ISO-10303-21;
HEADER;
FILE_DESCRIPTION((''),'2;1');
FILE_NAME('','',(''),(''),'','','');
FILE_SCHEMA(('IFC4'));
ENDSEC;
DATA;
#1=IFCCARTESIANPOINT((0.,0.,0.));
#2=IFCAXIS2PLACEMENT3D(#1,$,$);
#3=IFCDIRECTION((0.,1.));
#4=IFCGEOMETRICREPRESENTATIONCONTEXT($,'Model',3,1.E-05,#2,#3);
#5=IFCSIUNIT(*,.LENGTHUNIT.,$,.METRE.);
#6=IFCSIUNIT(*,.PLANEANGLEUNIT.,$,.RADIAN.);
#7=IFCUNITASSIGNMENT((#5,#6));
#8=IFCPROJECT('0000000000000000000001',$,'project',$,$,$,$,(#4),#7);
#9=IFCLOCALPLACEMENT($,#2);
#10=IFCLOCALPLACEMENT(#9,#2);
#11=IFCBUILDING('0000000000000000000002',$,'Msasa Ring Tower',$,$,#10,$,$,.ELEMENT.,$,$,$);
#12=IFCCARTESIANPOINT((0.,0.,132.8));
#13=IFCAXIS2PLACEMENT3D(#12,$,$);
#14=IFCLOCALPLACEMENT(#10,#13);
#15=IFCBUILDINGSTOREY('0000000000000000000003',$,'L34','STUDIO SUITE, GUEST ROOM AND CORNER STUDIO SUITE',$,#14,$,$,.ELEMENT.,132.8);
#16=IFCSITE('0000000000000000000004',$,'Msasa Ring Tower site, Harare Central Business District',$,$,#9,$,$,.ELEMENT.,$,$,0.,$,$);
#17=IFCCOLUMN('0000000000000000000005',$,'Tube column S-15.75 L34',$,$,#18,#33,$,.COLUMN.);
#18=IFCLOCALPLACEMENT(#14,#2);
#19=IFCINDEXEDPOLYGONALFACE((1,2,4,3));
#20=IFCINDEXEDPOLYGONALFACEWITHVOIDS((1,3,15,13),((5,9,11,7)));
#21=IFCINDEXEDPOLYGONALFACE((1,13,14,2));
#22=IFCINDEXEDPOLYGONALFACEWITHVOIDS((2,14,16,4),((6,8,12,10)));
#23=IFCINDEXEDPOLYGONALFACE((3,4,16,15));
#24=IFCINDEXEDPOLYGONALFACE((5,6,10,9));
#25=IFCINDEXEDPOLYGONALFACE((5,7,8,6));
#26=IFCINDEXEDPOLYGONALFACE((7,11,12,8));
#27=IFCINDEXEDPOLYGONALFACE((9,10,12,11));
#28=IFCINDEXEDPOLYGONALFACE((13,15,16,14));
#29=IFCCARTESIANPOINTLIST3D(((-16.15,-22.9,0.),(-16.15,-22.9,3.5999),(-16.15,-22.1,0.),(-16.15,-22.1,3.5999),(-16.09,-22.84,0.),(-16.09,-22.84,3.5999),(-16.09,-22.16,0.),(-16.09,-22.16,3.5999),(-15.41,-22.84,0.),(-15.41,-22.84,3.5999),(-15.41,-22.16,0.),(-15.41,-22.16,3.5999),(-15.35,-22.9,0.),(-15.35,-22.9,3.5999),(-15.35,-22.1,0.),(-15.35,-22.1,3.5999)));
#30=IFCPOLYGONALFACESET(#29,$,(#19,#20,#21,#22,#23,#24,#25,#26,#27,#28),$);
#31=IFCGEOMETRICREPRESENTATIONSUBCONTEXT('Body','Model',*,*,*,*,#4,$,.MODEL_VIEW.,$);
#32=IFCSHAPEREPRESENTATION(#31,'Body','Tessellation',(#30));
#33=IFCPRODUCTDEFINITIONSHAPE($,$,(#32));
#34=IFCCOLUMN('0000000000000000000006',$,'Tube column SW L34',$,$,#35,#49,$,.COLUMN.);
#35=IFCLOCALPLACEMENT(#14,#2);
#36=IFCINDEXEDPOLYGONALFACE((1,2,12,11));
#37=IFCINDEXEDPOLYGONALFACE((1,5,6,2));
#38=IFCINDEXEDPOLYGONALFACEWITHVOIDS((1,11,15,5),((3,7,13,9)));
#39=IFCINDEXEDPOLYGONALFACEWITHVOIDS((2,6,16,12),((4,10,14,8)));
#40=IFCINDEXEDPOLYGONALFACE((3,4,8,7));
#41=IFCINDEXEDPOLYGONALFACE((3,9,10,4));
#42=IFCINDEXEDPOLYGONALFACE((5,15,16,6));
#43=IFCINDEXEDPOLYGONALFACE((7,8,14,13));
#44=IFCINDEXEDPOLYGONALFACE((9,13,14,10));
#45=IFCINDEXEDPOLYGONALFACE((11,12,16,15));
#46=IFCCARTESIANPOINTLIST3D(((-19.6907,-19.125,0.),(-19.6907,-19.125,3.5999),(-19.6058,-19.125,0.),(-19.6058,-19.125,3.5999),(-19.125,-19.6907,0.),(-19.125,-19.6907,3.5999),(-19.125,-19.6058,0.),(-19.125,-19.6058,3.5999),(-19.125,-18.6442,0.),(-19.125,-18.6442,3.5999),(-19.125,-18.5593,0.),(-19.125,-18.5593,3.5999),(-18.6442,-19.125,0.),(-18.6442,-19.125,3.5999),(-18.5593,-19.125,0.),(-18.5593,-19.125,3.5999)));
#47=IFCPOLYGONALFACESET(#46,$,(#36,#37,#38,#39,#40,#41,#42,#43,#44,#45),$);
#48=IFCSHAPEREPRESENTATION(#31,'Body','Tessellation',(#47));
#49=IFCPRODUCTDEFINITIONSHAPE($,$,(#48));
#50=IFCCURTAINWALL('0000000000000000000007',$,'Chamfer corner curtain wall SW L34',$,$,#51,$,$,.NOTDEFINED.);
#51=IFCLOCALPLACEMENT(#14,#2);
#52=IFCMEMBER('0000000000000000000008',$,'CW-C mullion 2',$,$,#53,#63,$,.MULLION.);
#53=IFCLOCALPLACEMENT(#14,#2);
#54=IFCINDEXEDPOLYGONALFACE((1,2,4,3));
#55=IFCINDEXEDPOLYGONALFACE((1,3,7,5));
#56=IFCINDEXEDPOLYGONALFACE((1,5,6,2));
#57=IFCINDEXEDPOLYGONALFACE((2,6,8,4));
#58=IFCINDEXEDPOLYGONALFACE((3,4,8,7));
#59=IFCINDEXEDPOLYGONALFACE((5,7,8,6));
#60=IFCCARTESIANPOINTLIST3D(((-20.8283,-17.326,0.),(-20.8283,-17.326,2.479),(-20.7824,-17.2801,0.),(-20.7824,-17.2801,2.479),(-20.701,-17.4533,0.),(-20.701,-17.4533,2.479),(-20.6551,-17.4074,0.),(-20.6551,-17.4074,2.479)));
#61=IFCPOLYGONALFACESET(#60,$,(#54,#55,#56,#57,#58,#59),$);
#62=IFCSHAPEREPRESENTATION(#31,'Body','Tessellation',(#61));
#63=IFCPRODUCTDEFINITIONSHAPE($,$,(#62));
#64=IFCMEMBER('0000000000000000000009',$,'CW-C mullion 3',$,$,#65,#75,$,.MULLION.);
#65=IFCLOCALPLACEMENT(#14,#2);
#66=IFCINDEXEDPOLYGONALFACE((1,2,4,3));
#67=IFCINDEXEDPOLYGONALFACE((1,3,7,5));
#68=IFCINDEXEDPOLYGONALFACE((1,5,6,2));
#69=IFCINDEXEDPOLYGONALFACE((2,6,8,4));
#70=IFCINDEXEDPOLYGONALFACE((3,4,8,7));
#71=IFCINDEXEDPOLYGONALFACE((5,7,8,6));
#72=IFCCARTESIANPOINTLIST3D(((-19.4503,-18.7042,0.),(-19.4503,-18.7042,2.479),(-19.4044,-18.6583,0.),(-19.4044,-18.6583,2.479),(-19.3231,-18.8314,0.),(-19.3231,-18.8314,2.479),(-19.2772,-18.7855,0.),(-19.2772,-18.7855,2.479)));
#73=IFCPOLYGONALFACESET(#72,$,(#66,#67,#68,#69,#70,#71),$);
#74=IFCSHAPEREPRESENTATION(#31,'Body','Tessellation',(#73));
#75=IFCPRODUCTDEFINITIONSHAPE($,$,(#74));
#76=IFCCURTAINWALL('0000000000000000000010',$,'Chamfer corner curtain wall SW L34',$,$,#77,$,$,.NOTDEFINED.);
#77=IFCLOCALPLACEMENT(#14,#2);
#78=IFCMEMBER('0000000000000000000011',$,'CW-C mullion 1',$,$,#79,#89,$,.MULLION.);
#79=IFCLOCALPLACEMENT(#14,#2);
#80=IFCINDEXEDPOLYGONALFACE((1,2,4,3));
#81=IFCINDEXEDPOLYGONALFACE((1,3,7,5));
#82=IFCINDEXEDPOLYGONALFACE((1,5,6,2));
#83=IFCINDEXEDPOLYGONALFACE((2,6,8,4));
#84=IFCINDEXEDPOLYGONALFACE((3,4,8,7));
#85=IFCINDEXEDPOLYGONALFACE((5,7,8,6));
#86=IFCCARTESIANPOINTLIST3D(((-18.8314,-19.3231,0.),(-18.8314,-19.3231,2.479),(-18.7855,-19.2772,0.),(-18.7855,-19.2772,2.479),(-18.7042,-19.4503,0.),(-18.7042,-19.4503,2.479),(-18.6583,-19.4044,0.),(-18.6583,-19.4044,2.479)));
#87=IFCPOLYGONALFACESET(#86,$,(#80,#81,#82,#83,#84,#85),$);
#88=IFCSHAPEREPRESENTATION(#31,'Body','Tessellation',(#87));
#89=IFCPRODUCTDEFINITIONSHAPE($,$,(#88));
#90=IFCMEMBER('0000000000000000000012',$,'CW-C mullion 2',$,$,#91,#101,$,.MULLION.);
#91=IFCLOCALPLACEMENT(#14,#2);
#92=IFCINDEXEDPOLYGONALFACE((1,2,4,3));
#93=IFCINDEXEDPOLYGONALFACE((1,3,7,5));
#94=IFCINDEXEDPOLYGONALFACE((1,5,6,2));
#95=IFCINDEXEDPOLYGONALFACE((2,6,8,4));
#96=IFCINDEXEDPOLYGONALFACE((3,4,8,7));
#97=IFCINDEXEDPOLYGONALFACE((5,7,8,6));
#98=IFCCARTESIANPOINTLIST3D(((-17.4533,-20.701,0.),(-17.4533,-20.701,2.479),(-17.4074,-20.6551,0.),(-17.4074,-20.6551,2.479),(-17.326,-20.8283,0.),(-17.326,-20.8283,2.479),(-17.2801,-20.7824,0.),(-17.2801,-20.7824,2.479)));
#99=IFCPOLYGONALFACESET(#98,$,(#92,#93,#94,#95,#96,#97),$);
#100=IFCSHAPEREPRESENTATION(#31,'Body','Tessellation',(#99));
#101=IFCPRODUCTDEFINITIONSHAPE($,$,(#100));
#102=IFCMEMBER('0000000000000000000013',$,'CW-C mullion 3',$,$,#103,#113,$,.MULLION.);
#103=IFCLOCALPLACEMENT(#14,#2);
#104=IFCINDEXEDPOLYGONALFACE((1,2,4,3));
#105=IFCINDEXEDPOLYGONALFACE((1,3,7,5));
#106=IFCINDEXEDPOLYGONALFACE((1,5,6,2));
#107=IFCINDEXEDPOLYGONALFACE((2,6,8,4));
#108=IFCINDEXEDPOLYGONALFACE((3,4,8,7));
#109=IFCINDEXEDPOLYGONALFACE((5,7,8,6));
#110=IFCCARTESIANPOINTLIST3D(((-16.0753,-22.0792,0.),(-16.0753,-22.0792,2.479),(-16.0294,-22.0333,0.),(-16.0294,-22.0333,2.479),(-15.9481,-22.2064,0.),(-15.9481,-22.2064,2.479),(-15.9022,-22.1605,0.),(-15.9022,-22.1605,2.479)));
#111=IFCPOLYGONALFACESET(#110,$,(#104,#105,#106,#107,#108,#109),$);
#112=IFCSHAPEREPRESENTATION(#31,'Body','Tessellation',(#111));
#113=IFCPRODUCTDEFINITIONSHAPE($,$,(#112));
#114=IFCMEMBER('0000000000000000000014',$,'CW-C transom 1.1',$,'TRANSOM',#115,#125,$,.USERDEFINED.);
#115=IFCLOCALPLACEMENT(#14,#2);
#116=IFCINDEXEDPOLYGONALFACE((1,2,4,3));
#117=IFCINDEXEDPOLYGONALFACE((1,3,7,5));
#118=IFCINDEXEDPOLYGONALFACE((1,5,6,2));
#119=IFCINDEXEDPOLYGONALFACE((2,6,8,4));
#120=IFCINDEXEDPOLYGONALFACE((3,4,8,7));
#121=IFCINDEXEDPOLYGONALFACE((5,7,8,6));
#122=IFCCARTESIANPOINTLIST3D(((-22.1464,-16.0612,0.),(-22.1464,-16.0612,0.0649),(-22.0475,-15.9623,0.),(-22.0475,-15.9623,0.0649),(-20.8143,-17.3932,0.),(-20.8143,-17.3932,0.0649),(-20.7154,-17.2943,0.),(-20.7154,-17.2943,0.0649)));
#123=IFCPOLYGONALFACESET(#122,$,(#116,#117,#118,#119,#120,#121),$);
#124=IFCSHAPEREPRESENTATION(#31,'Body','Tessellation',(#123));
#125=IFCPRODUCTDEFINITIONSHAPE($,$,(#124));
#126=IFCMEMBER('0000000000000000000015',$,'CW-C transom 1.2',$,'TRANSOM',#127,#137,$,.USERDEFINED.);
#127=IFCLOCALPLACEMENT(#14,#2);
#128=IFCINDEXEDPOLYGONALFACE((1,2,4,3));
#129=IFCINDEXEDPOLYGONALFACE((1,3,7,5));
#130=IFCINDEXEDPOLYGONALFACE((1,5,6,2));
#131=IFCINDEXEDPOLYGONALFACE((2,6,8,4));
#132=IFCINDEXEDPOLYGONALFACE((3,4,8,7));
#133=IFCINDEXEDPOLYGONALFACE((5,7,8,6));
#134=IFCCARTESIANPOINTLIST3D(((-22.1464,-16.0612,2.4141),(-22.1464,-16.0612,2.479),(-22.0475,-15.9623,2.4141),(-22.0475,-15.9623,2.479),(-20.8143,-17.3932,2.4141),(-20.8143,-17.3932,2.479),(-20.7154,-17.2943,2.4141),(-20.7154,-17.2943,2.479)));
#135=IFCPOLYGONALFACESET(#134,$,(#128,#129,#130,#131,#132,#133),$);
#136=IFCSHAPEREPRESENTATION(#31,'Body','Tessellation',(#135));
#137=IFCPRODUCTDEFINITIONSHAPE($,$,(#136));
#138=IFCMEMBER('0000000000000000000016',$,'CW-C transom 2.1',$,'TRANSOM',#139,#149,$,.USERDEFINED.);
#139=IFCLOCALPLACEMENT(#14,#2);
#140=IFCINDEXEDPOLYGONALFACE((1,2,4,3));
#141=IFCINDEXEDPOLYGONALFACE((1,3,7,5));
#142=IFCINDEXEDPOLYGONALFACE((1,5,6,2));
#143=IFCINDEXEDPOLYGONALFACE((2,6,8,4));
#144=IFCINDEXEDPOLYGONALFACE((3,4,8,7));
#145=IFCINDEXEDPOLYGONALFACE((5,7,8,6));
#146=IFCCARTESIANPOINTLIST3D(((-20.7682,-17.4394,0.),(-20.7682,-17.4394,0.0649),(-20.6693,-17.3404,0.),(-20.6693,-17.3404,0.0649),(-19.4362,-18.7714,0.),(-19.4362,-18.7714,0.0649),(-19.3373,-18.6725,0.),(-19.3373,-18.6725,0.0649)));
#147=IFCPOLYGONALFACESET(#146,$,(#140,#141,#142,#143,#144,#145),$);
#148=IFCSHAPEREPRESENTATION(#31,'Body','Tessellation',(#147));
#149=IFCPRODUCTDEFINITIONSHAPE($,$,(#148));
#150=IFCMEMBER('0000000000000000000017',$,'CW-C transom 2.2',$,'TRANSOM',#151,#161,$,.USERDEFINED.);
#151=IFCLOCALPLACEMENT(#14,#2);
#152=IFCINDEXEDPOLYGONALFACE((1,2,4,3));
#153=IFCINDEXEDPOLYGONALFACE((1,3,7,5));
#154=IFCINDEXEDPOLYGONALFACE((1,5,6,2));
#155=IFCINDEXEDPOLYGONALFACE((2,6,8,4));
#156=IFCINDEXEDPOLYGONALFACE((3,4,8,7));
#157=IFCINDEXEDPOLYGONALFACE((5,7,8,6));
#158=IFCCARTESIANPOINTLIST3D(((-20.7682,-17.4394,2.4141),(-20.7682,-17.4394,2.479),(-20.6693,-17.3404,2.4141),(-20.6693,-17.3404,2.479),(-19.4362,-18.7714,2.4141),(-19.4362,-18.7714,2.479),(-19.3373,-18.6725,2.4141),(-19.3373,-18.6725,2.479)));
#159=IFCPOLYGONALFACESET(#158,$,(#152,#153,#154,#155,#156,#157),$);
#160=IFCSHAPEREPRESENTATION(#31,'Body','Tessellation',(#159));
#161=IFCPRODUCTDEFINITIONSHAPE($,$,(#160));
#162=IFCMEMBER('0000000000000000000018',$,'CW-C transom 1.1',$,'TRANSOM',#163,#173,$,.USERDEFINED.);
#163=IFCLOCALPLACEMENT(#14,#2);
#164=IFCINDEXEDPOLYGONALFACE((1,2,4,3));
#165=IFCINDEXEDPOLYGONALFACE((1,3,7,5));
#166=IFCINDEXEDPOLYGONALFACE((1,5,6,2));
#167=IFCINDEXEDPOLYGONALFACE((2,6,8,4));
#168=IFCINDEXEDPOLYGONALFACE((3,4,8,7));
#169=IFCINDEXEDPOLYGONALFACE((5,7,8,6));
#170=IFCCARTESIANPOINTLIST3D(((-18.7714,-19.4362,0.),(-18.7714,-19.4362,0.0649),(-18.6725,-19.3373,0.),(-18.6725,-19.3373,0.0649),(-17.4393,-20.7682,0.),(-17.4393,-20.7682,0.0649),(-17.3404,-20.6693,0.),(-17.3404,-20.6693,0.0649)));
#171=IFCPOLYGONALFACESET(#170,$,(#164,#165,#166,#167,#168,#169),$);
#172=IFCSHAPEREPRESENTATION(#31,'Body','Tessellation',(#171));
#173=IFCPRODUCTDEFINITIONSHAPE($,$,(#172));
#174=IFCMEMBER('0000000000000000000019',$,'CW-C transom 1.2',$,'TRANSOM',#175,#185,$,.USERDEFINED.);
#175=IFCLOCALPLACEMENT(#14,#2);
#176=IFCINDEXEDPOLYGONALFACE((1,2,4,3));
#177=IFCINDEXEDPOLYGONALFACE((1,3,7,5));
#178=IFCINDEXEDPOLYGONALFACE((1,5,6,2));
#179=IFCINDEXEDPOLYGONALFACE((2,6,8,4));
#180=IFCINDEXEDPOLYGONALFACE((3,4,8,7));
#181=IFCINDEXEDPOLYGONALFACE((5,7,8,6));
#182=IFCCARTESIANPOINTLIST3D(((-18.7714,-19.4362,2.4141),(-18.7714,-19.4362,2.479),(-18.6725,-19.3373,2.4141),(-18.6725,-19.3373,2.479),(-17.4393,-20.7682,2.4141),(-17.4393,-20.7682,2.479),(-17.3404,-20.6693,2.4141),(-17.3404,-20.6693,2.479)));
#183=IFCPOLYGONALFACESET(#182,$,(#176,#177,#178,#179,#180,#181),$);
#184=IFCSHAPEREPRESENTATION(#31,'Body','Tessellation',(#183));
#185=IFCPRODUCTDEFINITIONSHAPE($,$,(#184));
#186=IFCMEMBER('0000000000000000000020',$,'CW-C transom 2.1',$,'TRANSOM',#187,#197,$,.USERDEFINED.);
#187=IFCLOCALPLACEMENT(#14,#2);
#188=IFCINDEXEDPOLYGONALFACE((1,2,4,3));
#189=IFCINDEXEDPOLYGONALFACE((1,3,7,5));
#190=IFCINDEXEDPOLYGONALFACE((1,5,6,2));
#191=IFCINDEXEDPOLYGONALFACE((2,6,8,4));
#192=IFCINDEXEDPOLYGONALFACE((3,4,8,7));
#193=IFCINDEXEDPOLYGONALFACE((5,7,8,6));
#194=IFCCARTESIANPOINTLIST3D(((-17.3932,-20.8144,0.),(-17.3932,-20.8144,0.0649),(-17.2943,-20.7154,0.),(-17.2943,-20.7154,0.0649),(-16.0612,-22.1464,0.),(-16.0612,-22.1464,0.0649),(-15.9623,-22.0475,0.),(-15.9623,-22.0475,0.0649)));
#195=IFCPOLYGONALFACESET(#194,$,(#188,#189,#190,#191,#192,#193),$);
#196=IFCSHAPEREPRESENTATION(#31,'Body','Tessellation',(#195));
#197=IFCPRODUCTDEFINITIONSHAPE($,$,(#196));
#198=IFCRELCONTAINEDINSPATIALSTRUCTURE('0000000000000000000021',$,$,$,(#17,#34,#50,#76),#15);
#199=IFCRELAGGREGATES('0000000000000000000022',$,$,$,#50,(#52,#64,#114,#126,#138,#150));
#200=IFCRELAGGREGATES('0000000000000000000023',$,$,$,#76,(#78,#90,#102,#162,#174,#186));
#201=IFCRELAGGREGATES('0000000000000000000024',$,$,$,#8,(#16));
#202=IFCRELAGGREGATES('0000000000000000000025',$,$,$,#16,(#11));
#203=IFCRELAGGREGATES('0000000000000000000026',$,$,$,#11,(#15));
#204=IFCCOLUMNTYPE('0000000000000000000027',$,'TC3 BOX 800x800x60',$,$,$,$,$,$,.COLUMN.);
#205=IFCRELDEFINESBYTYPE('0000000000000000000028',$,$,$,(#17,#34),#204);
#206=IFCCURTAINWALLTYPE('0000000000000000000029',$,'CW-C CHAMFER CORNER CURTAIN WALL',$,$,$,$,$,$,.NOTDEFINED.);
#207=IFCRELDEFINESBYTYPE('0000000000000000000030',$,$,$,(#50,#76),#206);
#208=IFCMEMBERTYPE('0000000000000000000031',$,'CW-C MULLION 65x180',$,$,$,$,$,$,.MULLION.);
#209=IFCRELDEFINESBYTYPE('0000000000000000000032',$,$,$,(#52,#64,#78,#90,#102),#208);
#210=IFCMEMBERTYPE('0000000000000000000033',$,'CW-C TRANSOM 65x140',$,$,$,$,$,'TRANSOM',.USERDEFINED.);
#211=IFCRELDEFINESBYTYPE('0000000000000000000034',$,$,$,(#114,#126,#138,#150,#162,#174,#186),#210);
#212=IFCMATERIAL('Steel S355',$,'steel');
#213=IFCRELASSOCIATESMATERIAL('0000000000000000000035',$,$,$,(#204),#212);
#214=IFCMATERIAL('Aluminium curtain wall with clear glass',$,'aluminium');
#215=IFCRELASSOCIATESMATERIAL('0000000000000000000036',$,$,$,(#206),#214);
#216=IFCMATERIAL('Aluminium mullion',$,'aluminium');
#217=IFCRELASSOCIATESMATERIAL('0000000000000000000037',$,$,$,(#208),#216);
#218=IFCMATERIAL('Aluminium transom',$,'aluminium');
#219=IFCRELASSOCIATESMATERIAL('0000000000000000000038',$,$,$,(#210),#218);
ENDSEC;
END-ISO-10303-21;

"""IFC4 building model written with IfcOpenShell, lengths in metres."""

from ifc_helpers import new_model, si_unit, direction, frame, origin, origin_2d, place, context, subcontext, project, spatial, rectangle, hollow_rectangle, extrude, material, material_profile, profile_set, type_object, element, aggregate, save


model = new_model("IFC4")

# Units and contexts
model_context = context("Model", 3, precision=1e-05, world=origin(), true_north=direction((0.0, 1.0)))
body_context = subcontext(model_context, "Body", "Model", "MODEL_VIEW")
ifc_project = project(units=[si_unit("LENGTHUNIT", "METRE"), si_unit("PLANEANGLEUNIT", "RADIAN")], contexts=[model_context])

# Site, building, storey
site_placement = place(None, origin())
site = spatial("IfcSite", under=ifc_project, at=site_placement, Name="Msasa Ring Tower site, Harare Central Business District", CompositionType="ELEMENT", RefElevation=0.0)
building_placement = place(site_placement, origin())
building = spatial("IfcBuilding", under=site, at=building_placement, Name="Msasa Ring Tower", CompositionType="ELEMENT")
storey_placement = place(building_placement, frame((0.0, 0.0, 132.8)))
storey = spatial("IfcBuildingStorey", under=building, at=storey_placement, Name="L34", Description="STUDIO SUITE, GUEST ROOM AND CORNER STUDIO SUITE", CompositionType="ELEMENT", Elevation=132.8)

# Columns
ifc_material_1 = material(Name="Steel S355", Category="steel")
ifc_material_profile_1 = material_profile(ifc_material_1, hollow_rectangle(XDim=0.8, YDim=0.8, WallThickness=0.0601, at=origin_2d()), Name="BOX 800x800x60")
ifc_profile_set_1 = profile_set([ifc_material_profile_1], Name="Steel S355")
column_type = type_object("IfcColumnType", Name="TC3 BOX 800x800x60", PredefinedType="COLUMN", material=ifc_profile_set_1)
for number, where, z_axis, x_axis, name in (
    (1, (-15.75, -22.5, 0.0), (0.0, 0.0, 1.0), (0.0, 1.0, 0.0), "Tube column S-15.75 L34"),
    (2, (-19.125, -19.125, 0.0), (0.0, 0.0, 1.0), (0.707107, 0.707107, 0.0), "Tube column SW L34"),
):
    element("IfcColumn", number, at=place(storey_placement, frame(where, z_axis=z_axis, x_axis=x_axis)), inside=storey, type_object=column_type, Name=name, PredefinedType="COLUMN", context=body_context, shape_type="SweptSolid", body=[
        extrude(hollow_rectangle(XDim=0.8, YDim=0.8, WallThickness=0.0601, at=origin_2d()), origin(), (0.0, 0.0, 1.0), 3.5999),
    ])

# Curtain walls, members
ifc_material_2 = material(Name="Aluminium curtain wall with clear glass", Category="aluminium")
curtain_wall_type = type_object("IfcCurtainWallType", Name="CW-C CHAMFER CORNER CURTAIN WALL", PredefinedType="NOTDEFINED", material=ifc_material_2)
curtain_wall_1_placement = place(storey_placement, origin())
curtain_wall_1 = element("IfcCurtainWall", 3, at=curtain_wall_1_placement, inside=storey, type_object=curtain_wall_type, Name="Chamfer corner curtain wall SW L34", PredefinedType="NOTDEFINED")
ifc_material_3 = material(Name="Aluminium mullion", Category="aluminium")
ifc_material_profile_2 = material_profile(ifc_material_3, rectangle(XDim=0.0649, YDim=0.1799, at=origin_2d()), Name="AL 65x180")
ifc_profile_set_2 = profile_set([ifc_material_profile_2], Name="Aluminium mullion")
member_type_1 = type_object("IfcMemberType", Name="CW-C MULLION 65x180", PredefinedType="MULLION", material=ifc_profile_set_2)
member_1_placement = place(storey_placement, frame((-20.7417, -17.3667, 0.0), z_axis=(0.0, 0.0, 1.0), x_axis=(0.707107, 0.707107, 0.0)))
member_1 = element("IfcMember", 4, at=member_1_placement, type_object=member_type_1, Name="CW-C mullion 2", PredefinedType="MULLION", context=body_context, shape_type="SweptSolid", body=[
    extrude(rectangle(XDim=0.0649, YDim=0.1799, at=origin_2d()), origin(), (0.0, 0.0, 1.0), 2.479),
])
member_2_placement = place(storey_placement, frame((-19.3638, -18.7449, 0.0), z_axis=(0.0, 0.0, 1.0), x_axis=(0.707107, 0.707107, 0.0)))
member_2 = element("IfcMember", 5, at=member_2_placement, type_object=member_type_1, Name="CW-C mullion 3", PredefinedType="MULLION", context=body_context, shape_type="SweptSolid", body=[
    extrude(rectangle(XDim=0.0649, YDim=0.1799, at=origin_2d()), origin(), (0.0, 0.0, 1.0), 2.479),
])
curtain_wall_2_placement = place(storey_placement, origin())
curtain_wall_2 = element("IfcCurtainWall", 6, at=curtain_wall_2_placement, inside=storey, type_object=curtain_wall_type, Name="Chamfer corner curtain wall SW L34", PredefinedType="NOTDEFINED")
member_3_placement = place(storey_placement, frame((-18.7449, -19.3638, 0.0), z_axis=(0.0, 0.0, 1.0), x_axis=(0.707107, 0.707107, 0.0)))
member_3 = element("IfcMember", 7, at=member_3_placement, type_object=member_type_1, Name="CW-C mullion 1", PredefinedType="MULLION", context=body_context, shape_type="SweptSolid", body=[
    extrude(rectangle(XDim=0.0649, YDim=0.1799, at=origin_2d()), origin(), (0.0, 0.0, 1.0), 2.479),
])
member_4_placement = place(storey_placement, frame((-17.3667, -20.7417, 0.0), z_axis=(0.0, 0.0, 1.0), x_axis=(0.707107, 0.707107, 0.0)))
member_4 = element("IfcMember", 8, at=member_4_placement, type_object=member_type_1, Name="CW-C mullion 2", PredefinedType="MULLION", context=body_context, shape_type="SweptSolid", body=[
    extrude(rectangle(XDim=0.0649, YDim=0.1799, at=origin_2d()), origin(), (0.0, 0.0, 1.0), 2.479),
])
member_5_placement = place(storey_placement, frame((-15.9888, -22.1199, 0.0), z_axis=(0.0, 0.0, 1.0), x_axis=(0.707107, 0.707107, 0.0)))
member_5 = element("IfcMember", 9, at=member_5_placement, type_object=member_type_1, Name="CW-C mullion 3", PredefinedType="MULLION", context=body_context, shape_type="SweptSolid", body=[
    extrude(rectangle(XDim=0.0649, YDim=0.1799, at=origin_2d()), origin(), (0.0, 0.0, 1.0), 2.479),
])

# Members
ifc_material_4 = material(Name="Aluminium transom", Category="aluminium")
ifc_material_profile_3 = material_profile(ifc_material_4, rectangle(XDim=0.1399, YDim=0.0649, at=origin_2d()), Name="AL 65x140")
ifc_profile_set_3 = profile_set([ifc_material_profile_3], Name="Aluminium transom")
member_type_2 = type_object("IfcMemberType", Name="CW-C TRANSOM 65x140", ElementType="TRANSOM", PredefinedType="USERDEFINED", material=ifc_profile_set_3)
member_6_placement = place(storey_placement, frame((-22.0969, -16.0117, 0.0325), z_axis=(0.707107, -0.707107, 0.0), x_axis=(0.707107, 0.707107, 0.0)))
member_6 = element("IfcMember", 10, at=member_6_placement, type_object=member_type_2, Name="CW-C transom 1.1", ObjectType="TRANSOM", PredefinedType="USERDEFINED", context=body_context, shape_type="SweptSolid", body=[
    extrude(rectangle(XDim=0.1399, YDim=0.0649, at=origin_2d()), origin(), (0.0, 0.0, 1.0), 1.8838),
])
member_7_placement = place(storey_placement, frame((-22.0969, -16.0117, 2.4465), z_axis=(0.707107, -0.707107, 0.0), x_axis=(0.707107, 0.707107, 0.0)))
member_7 = element("IfcMember", 11, at=member_7_placement, type_object=member_type_2, Name="CW-C transom 1.2", ObjectType="TRANSOM", PredefinedType="USERDEFINED", context=body_context, shape_type="SweptSolid", body=[
    extrude(rectangle(XDim=0.1399, YDim=0.0649, at=origin_2d()), origin(), (0.0, 0.0, 1.0), 1.8838),
])
member_8_placement = place(storey_placement, frame((-20.7188, -17.3899, 0.0325), z_axis=(0.707107, -0.707107, 0.0), x_axis=(0.707107, 0.707107, 0.0)))
member_8 = element("IfcMember", 12, at=member_8_placement, type_object=member_type_2, Name="CW-C transom 2.1", ObjectType="TRANSOM", PredefinedType="USERDEFINED", context=body_context, shape_type="SweptSolid", body=[
    extrude(rectangle(XDim=0.1399, YDim=0.0649, at=origin_2d()), origin(), (0.0, 0.0, 1.0), 1.8838),
])
member_9_placement = place(storey_placement, frame((-20.7188, -17.3899, 2.4465), z_axis=(0.707107, -0.707107, 0.0), x_axis=(0.707107, 0.707107, 0.0)))
member_9 = element("IfcMember", 13, at=member_9_placement, type_object=member_type_2, Name="CW-C transom 2.2", ObjectType="TRANSOM", PredefinedType="USERDEFINED", context=body_context, shape_type="SweptSolid", body=[
    extrude(rectangle(XDim=0.1399, YDim=0.0649, at=origin_2d()), origin(), (0.0, 0.0, 1.0), 1.8838),
])
member_10_placement = place(storey_placement, frame((-18.7219, -19.3867, 0.0325), z_axis=(0.707107, -0.707107, 0.0), x_axis=(0.707107, 0.707107, 0.0)))
member_10 = element("IfcMember", 14, at=member_10_placement, type_object=member_type_2, Name="CW-C transom 1.1", ObjectType="TRANSOM", PredefinedType="USERDEFINED", context=body_context, shape_type="SweptSolid", body=[
    extrude(rectangle(XDim=0.1399, YDim=0.0649, at=origin_2d()), origin(), (0.0, 0.0, 1.0), 1.8838),
])
member_11_placement = place(storey_placement, frame((-18.7219, -19.3867, 2.4465), z_axis=(0.707107, -0.707107, 0.0), x_axis=(0.707107, 0.707107, 0.0)))
member_11 = element("IfcMember", 15, at=member_11_placement, type_object=member_type_2, Name="CW-C transom 1.2", ObjectType="TRANSOM", PredefinedType="USERDEFINED", context=body_context, shape_type="SweptSolid", body=[
    extrude(rectangle(XDim=0.1399, YDim=0.0649, at=origin_2d()), origin(), (0.0, 0.0, 1.0), 1.8838),
])
member_12_placement = place(storey_placement, frame((-17.3438, -20.7649, 0.0325), z_axis=(0.707107, -0.707107, 0.0), x_axis=(0.707107, 0.707107, 0.0)))
member_12 = element("IfcMember", 16, at=member_12_placement, type_object=member_type_2, Name="CW-C transom 2.1", ObjectType="TRANSOM", PredefinedType="USERDEFINED", context=body_context, shape_type="SweptSolid", body=[
    extrude(rectangle(XDim=0.1399, YDim=0.0649, at=origin_2d()), origin(), (0.0, 0.0, 1.0), 1.8838),
])

aggregate(curtain_wall_1, [member_1, member_2, member_6, member_7, member_8, member_9])
aggregate(curtain_wall_2, [member_3, member_4, member_5, member_10, member_11, member_12])

save(model, "model.ifc")
